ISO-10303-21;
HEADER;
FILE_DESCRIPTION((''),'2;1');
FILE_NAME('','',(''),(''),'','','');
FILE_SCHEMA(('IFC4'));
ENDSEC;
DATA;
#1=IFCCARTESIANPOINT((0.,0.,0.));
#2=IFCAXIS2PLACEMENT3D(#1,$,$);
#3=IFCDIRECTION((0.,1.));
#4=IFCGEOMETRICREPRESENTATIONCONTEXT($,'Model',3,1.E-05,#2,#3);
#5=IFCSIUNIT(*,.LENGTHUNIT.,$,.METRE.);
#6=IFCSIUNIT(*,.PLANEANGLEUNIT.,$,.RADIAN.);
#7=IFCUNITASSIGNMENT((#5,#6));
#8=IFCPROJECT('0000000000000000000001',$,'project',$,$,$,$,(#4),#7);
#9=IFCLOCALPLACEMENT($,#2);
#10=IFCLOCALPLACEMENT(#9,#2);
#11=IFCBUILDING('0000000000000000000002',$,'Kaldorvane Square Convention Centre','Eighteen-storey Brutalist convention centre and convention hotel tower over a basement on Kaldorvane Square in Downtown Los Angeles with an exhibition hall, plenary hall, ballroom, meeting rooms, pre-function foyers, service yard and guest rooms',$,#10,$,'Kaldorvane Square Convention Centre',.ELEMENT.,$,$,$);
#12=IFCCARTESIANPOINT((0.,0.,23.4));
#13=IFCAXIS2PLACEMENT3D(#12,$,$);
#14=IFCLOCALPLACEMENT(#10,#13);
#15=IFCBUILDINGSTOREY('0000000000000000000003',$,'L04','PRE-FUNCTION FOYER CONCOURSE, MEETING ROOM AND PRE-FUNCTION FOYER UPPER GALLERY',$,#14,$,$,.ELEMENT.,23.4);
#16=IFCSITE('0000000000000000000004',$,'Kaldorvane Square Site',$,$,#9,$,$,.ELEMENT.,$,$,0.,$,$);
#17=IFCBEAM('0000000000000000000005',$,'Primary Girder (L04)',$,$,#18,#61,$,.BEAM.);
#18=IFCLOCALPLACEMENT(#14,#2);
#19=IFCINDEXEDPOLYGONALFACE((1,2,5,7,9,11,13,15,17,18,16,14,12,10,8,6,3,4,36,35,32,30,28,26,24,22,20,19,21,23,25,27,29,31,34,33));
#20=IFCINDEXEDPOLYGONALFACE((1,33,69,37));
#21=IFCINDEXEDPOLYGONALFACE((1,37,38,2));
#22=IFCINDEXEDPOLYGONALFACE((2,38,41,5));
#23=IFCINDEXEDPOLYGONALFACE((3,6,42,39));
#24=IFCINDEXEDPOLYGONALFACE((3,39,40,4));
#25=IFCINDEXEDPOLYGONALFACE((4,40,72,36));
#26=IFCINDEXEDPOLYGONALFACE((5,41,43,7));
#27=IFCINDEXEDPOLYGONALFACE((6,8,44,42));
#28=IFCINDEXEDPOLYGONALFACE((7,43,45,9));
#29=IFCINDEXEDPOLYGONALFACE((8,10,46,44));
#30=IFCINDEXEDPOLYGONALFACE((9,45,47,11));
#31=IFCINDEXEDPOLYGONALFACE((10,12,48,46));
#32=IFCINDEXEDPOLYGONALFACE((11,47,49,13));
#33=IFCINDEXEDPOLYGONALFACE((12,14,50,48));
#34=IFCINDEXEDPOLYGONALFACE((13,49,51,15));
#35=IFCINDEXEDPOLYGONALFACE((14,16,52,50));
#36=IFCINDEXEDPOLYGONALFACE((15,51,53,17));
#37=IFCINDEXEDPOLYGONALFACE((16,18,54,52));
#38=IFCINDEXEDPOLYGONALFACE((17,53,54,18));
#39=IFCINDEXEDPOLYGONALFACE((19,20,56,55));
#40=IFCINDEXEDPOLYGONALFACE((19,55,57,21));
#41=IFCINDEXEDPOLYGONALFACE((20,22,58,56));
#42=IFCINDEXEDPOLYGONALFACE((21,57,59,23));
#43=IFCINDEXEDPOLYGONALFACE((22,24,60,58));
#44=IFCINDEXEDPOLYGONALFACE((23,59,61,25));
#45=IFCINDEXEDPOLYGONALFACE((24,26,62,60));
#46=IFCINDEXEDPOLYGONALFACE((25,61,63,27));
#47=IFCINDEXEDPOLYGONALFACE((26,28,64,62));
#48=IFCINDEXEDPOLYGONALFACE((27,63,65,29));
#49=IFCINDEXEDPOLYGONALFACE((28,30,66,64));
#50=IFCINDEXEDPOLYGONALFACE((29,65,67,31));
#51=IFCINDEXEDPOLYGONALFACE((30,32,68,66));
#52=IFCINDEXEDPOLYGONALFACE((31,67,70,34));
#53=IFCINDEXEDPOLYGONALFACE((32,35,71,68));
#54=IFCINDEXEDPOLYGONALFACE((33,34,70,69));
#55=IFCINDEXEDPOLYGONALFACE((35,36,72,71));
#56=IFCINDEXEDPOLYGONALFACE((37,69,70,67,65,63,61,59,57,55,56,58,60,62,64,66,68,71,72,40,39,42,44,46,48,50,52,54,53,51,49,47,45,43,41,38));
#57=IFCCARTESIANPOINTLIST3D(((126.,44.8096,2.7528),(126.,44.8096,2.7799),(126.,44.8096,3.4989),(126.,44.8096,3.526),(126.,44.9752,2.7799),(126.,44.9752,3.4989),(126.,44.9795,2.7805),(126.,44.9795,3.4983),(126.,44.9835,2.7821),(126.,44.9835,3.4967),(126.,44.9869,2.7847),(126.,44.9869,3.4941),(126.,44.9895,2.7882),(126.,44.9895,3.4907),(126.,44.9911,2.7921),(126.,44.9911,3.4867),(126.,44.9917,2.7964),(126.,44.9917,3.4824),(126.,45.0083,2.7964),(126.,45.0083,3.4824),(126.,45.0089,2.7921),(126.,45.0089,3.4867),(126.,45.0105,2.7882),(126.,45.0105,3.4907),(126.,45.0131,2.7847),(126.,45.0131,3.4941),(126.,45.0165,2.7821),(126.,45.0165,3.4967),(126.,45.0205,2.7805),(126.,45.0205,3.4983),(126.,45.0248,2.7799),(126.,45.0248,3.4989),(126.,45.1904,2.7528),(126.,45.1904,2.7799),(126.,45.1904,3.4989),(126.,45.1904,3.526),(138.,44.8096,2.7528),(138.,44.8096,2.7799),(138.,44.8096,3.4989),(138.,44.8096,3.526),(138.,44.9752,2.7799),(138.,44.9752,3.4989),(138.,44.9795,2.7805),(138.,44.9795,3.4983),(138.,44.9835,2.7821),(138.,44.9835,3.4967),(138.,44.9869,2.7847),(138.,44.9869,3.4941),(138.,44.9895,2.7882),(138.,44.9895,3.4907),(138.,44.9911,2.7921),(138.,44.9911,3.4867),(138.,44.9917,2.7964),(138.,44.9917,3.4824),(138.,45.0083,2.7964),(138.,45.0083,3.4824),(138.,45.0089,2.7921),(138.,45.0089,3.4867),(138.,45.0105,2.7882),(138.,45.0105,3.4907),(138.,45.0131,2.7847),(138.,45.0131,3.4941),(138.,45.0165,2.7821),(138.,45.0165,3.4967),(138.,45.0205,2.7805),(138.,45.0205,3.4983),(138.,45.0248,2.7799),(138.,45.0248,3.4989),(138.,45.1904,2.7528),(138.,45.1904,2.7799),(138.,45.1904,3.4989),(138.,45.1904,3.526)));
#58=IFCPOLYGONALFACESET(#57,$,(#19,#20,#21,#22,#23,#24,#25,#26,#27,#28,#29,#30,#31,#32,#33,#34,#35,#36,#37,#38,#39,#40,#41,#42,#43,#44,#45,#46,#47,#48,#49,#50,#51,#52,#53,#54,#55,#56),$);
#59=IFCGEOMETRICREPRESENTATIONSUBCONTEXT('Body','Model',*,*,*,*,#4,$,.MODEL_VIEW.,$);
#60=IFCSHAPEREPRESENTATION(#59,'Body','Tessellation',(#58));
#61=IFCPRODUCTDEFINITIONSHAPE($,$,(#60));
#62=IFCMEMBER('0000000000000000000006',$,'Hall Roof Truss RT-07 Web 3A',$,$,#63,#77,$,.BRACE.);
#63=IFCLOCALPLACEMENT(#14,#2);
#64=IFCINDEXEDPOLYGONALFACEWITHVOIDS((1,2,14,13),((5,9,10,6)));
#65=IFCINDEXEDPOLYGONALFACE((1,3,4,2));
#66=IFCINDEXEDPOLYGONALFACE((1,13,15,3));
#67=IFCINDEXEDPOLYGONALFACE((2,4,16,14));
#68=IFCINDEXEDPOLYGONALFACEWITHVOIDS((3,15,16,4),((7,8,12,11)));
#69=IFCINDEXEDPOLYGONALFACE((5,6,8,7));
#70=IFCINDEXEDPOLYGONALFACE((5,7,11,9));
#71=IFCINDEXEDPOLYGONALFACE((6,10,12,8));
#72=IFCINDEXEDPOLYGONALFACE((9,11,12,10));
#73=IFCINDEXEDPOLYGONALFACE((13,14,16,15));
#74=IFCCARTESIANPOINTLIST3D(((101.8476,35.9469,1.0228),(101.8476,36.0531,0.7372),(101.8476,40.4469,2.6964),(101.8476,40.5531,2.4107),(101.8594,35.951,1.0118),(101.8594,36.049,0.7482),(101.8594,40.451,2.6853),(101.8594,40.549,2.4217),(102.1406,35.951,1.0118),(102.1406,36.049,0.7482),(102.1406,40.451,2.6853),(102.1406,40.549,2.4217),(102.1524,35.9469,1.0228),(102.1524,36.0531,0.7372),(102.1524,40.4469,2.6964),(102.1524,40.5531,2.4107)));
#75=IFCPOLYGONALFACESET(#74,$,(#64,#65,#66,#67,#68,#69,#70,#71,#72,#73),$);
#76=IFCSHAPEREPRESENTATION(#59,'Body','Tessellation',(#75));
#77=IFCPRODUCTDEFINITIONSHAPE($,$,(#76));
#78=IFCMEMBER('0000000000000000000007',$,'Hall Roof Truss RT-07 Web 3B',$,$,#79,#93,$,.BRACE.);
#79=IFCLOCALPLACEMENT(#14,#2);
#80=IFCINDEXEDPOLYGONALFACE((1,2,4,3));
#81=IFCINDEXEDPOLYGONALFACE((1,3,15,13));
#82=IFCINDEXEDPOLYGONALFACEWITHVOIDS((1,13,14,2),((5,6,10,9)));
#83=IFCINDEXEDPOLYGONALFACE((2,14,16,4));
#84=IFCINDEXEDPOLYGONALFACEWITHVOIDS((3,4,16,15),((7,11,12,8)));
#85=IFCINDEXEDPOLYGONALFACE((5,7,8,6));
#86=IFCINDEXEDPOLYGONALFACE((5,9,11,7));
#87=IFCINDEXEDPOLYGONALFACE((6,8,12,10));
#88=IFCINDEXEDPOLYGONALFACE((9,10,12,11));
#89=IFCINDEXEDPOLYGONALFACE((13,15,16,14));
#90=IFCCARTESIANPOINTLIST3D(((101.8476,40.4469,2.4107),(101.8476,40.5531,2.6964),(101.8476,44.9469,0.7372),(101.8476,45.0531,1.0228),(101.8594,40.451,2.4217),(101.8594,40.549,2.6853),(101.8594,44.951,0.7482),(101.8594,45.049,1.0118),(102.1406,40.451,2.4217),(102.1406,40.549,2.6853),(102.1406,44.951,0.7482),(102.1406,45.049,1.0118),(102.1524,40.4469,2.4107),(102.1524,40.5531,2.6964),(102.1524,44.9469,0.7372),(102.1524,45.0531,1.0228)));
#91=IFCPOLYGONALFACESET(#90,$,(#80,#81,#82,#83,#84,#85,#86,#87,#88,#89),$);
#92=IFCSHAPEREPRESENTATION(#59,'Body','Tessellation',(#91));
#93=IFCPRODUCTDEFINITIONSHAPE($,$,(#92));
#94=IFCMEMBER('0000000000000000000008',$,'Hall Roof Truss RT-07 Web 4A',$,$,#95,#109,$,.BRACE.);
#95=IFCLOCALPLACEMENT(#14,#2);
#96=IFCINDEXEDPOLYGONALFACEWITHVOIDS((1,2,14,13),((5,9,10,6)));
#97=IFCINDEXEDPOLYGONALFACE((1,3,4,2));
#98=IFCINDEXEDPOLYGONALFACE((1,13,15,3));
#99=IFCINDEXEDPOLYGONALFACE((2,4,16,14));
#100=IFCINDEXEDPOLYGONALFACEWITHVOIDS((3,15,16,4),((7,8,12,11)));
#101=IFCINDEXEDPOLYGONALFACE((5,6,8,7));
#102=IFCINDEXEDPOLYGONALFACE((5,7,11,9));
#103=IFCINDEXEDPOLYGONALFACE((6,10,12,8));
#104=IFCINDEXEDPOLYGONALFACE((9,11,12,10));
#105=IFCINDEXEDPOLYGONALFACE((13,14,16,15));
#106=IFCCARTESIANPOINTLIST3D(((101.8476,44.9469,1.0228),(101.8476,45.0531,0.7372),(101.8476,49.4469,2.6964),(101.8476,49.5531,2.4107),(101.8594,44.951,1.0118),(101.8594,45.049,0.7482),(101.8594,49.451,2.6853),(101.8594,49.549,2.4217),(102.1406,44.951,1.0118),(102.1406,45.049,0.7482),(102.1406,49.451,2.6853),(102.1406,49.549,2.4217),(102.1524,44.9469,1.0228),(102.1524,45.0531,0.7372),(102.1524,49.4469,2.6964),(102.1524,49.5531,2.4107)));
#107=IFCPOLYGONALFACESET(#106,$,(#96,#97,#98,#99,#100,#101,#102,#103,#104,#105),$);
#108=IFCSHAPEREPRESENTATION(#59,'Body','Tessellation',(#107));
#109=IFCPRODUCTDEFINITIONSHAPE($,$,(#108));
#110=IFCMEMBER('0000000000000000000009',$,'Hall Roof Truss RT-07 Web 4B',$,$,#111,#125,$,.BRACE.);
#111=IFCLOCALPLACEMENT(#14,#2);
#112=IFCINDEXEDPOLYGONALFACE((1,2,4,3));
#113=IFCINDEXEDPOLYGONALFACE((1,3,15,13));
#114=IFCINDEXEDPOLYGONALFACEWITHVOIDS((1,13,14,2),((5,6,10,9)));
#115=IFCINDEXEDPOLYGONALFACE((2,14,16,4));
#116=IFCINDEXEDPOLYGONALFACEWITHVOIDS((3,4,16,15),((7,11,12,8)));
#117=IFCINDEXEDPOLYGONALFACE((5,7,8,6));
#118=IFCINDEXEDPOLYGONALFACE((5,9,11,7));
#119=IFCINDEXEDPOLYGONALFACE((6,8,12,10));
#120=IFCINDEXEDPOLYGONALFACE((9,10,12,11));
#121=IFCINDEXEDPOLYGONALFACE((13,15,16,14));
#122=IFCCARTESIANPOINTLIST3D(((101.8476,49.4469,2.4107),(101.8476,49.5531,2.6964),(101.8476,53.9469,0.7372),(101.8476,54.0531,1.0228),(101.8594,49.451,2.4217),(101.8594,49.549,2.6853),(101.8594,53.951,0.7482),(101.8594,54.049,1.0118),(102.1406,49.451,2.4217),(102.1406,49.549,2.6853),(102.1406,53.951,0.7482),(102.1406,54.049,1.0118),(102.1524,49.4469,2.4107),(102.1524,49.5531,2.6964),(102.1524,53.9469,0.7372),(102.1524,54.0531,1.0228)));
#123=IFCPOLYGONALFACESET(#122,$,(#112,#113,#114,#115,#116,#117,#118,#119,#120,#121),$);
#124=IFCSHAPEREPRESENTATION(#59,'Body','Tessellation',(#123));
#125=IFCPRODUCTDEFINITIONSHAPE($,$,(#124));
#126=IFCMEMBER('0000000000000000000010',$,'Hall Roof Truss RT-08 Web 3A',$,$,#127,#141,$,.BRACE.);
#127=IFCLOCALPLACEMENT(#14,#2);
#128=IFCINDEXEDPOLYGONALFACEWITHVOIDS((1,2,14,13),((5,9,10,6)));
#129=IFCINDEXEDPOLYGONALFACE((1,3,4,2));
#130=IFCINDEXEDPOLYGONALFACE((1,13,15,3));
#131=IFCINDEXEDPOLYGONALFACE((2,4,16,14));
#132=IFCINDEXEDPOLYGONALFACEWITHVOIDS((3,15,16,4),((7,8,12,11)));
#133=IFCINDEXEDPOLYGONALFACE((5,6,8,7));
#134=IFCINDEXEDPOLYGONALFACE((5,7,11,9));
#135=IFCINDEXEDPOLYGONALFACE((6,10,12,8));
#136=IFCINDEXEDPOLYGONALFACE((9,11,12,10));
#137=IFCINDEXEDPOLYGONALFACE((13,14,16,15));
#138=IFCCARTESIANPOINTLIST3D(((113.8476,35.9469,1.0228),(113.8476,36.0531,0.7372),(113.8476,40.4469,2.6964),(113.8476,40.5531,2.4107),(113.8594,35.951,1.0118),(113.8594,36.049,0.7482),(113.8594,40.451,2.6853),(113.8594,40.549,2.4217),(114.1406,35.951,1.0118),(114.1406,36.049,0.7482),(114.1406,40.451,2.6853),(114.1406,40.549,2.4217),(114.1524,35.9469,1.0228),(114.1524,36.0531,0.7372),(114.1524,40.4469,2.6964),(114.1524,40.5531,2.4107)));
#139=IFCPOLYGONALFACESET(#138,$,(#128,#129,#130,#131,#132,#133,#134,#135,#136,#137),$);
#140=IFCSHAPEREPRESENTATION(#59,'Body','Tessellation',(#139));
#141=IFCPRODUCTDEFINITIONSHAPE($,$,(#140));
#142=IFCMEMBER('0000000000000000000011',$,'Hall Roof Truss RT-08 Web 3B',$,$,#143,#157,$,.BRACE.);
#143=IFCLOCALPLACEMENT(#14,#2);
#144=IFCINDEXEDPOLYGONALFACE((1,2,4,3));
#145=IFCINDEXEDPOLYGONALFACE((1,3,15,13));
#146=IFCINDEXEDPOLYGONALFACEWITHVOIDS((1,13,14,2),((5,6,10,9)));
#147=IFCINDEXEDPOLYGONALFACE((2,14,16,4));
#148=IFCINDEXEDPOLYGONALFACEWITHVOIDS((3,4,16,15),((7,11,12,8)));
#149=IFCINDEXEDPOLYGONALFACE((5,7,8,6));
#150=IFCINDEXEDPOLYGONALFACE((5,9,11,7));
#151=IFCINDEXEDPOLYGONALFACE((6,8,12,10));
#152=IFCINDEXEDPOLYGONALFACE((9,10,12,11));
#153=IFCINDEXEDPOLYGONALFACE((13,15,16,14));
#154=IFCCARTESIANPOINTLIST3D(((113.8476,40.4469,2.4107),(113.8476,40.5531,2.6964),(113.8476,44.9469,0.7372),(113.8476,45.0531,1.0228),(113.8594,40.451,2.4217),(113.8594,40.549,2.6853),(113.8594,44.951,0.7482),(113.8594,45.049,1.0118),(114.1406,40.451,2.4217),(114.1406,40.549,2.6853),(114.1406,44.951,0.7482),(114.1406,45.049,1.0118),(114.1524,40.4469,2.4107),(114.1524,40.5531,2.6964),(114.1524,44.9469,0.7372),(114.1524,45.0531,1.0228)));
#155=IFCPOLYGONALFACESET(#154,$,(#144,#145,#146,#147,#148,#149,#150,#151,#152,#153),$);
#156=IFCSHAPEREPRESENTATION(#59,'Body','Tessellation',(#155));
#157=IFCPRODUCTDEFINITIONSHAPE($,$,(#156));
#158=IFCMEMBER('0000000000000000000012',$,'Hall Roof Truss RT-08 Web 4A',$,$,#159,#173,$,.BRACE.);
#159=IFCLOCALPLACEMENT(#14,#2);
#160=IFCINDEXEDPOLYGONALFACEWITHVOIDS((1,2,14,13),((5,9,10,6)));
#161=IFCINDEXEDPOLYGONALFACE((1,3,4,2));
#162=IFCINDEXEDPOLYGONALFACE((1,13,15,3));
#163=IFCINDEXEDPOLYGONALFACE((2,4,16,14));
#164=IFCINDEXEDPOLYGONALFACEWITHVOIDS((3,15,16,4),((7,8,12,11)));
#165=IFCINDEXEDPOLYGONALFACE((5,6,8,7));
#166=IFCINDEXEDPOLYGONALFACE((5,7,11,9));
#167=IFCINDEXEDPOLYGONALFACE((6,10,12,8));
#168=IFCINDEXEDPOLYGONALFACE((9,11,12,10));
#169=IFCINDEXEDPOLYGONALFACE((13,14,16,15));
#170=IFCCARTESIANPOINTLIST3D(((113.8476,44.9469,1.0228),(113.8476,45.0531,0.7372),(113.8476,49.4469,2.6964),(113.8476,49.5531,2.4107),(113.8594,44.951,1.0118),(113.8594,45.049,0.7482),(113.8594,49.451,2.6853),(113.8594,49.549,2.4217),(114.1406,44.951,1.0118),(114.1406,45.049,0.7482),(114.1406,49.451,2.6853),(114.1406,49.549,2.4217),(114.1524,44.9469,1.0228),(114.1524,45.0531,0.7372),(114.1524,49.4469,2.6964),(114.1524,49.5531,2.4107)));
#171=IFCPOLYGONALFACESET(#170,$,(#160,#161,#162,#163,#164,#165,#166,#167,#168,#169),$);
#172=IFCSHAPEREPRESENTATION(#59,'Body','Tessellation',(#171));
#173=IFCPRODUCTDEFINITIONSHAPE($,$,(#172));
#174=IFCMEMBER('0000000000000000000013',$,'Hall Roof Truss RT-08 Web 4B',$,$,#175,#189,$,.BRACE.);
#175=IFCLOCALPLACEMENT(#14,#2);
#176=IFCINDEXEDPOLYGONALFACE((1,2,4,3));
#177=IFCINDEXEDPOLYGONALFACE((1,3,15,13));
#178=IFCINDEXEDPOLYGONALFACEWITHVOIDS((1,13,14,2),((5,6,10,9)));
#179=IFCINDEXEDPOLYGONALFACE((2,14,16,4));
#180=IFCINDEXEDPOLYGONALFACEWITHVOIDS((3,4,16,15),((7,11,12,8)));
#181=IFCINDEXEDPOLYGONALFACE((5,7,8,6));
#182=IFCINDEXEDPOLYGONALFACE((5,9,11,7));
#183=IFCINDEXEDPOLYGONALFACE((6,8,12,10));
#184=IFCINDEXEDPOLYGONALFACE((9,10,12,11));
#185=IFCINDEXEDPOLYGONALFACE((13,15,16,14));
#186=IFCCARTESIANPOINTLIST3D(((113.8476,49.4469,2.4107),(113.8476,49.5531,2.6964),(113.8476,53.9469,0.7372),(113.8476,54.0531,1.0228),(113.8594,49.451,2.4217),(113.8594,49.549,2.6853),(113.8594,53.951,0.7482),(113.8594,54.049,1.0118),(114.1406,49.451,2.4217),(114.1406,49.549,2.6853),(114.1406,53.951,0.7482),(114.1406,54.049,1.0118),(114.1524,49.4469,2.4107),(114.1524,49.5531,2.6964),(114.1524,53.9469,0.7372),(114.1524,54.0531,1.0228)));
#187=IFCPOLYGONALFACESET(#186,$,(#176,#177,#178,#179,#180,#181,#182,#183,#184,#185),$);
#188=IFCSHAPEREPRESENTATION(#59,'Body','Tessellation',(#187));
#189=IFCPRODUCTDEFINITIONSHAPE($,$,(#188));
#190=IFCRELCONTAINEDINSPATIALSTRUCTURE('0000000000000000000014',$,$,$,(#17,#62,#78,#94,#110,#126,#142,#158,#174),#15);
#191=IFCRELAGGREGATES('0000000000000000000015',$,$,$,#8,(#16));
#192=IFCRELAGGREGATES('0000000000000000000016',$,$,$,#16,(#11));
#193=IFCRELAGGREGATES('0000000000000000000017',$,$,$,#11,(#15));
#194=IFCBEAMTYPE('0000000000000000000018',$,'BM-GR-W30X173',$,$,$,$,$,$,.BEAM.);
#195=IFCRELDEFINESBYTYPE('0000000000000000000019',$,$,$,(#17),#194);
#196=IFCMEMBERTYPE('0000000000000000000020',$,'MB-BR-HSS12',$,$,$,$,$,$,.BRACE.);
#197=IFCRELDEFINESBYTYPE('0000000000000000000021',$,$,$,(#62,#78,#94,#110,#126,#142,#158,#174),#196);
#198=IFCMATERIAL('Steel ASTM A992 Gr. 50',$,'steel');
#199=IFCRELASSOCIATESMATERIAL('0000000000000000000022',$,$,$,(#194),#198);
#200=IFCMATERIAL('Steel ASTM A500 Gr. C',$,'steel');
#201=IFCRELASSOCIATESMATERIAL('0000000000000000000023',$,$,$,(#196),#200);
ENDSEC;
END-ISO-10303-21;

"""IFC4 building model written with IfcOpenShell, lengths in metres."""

from ifc_helpers import new_model, si_unit, direction, frame, origin, origin_2d, place, context, subcontext, project, spatial, hollow_rectangle, i_section, extrude, material, material_profile, profile_set, type_object, element, save


model = new_model("IFC4")

# Units and contexts
model_context = context("Model", 3, precision=1e-05, world=origin(), true_north=direction((0.0, 1.0)))
body_context = subcontext(model_context, "Body", "Model", "MODEL_VIEW")
ifc_project = project(units=[si_unit("LENGTHUNIT", "METRE"), si_unit("PLANEANGLEUNIT", "RADIAN")], contexts=[model_context])

# Site, building, storey
site_placement = place(None, origin())
site = spatial("IfcSite", under=ifc_project, at=site_placement, Name="Kaldorvane Square Site", CompositionType="ELEMENT", RefElevation=0.0)
building_placement = place(site_placement, origin())
building = spatial("IfcBuilding", under=site, at=building_placement, Name="Kaldorvane Square Convention Centre", Description="Eighteen-storey Brutalist convention centre and convention hotel tower over a basement on Kaldorvane Square in Downtown Los Angeles with an exhibition hall, plenary hall, ballroom, meeting rooms, pre-function foyers, service yard and guest rooms", LongName="Kaldorvane Square Convention Centre", CompositionType="ELEMENT")
storey_placement = place(building_placement, frame((0.0, 0.0, 23.4)))
storey = spatial("IfcBuildingStorey", under=building, at=storey_placement, Name="L04", Description="PRE-FUNCTION FOYER CONCOURSE, MEETING ROOM AND PRE-FUNCTION FOYER UPPER GALLERY", CompositionType="ELEMENT", Elevation=23.4)

# Shared definitions
ifc_material_1 = material(Name="Steel ASTM A992 Gr. 50", Category="steel")

# Beam
ifc_material_profile_1 = material_profile(ifc_material_1, i_section(OverallWidth=0.3807, OverallDepth=0.7732, WebThickness=0.0166, FlangeThickness=0.0271, FilletRadius=0.0165, at=origin_2d()), Name="W30X173")
ifc_profile_set_1 = profile_set([ifc_material_profile_1], Name="Steel ASTM A992 Gr. 50")
beam_type_1 = type_object("IfcBeamType", Name="BM-GR-W30X173", PredefinedType="BEAM", material=ifc_profile_set_1)
for number, where, z_axis, x_axis, name in (
    (1, (126.0, 45.0, 3.1394), (1.0, 0.0, 0.0), (0.0, 1.0, 0.0), "Primary Girder (L04)"),
):
    element("IfcBeam", number, at=place(storey_placement, frame(where, z_axis=z_axis, x_axis=x_axis)), inside=storey, type_object=beam_type_1, Name=name, PredefinedType="BEAM", context=body_context, shape_type="SweptSolid", body=[
        extrude(i_section(OverallWidth=0.3807, OverallDepth=0.7732, WebThickness=0.0166, FlangeThickness=0.0271, FilletRadius=0.0165, at=origin_2d()), origin(), (0.0, 0.0, 1.0), 12.0),
    ])

# Members
ifc_material_2 = material(Name="Steel ASTM A500 Gr. C", Category="steel")
ifc_material_profile_2 = material_profile(ifc_material_2, hollow_rectangle(XDim=0.3048, YDim=0.3048, WallThickness=0.0118, at=origin_2d()), Name="HSS12X12X1/2")
ifc_profile_set_2 = profile_set([ifc_material_profile_2], Name="Steel ASTM A500 Gr. C")
member_type_1 = type_object("IfcMemberType", Name="MB-BR-HSS12", PredefinedType="BRACE", material=ifc_profile_set_2)
for number, where, z_axis, x_axis, name in (
    (2, (102.0, 36.0, 0.88), (0.0, 0.937284, 0.348567), (-1.0, 0.0, 0.0), "Hall Roof Truss RT-07 Web 3A"),
    (3, (102.0, 40.5, 2.5535), (0.0, 0.937284, -0.348567), (-1.0, 0.0, 0.0), "Hall Roof Truss RT-07 Web 3B"),
    (4, (102.0, 45.0, 0.88), (0.0, 0.937284, 0.348567), (-1.0, 0.0, 0.0), "Hall Roof Truss RT-07 Web 4A"),
    (5, (102.0, 49.5, 2.5535), (0.0, 0.937284, -0.348567), (-1.0, 0.0, 0.0), "Hall Roof Truss RT-07 Web 4B"),
    (6, (114.0, 36.0, 0.88), (0.0, 0.937284, 0.348567), (-1.0, 0.0, 0.0), "Hall Roof Truss RT-08 Web 3A"),
    (7, (114.0, 40.5, 2.5535), (0.0, 0.937284, -0.348567), (-1.0, 0.0, 0.0), "Hall Roof Truss RT-08 Web 3B"),
    (8, (114.0, 45.0, 0.88), (0.0, 0.937284, 0.348567), (-1.0, 0.0, 0.0), "Hall Roof Truss RT-08 Web 4A"),
    (9, (114.0, 49.5, 2.5535), (0.0, 0.937284, -0.348567), (-1.0, 0.0, 0.0), "Hall Roof Truss RT-08 Web 4B"),
):
    element("IfcMember", number, at=place(storey_placement, frame(where, z_axis=z_axis, x_axis=x_axis)), inside=storey, type_object=member_type_1, Name=name, PredefinedType="BRACE", context=body_context, shape_type="SweptSolid", body=[
        extrude(hollow_rectangle(XDim=0.3048, YDim=0.3048, WallThickness=0.0118, at=origin_2d()), origin(), (0.0, 0.0, 1.0), 4.8011),
    ])

save(model, "model.ifc")
